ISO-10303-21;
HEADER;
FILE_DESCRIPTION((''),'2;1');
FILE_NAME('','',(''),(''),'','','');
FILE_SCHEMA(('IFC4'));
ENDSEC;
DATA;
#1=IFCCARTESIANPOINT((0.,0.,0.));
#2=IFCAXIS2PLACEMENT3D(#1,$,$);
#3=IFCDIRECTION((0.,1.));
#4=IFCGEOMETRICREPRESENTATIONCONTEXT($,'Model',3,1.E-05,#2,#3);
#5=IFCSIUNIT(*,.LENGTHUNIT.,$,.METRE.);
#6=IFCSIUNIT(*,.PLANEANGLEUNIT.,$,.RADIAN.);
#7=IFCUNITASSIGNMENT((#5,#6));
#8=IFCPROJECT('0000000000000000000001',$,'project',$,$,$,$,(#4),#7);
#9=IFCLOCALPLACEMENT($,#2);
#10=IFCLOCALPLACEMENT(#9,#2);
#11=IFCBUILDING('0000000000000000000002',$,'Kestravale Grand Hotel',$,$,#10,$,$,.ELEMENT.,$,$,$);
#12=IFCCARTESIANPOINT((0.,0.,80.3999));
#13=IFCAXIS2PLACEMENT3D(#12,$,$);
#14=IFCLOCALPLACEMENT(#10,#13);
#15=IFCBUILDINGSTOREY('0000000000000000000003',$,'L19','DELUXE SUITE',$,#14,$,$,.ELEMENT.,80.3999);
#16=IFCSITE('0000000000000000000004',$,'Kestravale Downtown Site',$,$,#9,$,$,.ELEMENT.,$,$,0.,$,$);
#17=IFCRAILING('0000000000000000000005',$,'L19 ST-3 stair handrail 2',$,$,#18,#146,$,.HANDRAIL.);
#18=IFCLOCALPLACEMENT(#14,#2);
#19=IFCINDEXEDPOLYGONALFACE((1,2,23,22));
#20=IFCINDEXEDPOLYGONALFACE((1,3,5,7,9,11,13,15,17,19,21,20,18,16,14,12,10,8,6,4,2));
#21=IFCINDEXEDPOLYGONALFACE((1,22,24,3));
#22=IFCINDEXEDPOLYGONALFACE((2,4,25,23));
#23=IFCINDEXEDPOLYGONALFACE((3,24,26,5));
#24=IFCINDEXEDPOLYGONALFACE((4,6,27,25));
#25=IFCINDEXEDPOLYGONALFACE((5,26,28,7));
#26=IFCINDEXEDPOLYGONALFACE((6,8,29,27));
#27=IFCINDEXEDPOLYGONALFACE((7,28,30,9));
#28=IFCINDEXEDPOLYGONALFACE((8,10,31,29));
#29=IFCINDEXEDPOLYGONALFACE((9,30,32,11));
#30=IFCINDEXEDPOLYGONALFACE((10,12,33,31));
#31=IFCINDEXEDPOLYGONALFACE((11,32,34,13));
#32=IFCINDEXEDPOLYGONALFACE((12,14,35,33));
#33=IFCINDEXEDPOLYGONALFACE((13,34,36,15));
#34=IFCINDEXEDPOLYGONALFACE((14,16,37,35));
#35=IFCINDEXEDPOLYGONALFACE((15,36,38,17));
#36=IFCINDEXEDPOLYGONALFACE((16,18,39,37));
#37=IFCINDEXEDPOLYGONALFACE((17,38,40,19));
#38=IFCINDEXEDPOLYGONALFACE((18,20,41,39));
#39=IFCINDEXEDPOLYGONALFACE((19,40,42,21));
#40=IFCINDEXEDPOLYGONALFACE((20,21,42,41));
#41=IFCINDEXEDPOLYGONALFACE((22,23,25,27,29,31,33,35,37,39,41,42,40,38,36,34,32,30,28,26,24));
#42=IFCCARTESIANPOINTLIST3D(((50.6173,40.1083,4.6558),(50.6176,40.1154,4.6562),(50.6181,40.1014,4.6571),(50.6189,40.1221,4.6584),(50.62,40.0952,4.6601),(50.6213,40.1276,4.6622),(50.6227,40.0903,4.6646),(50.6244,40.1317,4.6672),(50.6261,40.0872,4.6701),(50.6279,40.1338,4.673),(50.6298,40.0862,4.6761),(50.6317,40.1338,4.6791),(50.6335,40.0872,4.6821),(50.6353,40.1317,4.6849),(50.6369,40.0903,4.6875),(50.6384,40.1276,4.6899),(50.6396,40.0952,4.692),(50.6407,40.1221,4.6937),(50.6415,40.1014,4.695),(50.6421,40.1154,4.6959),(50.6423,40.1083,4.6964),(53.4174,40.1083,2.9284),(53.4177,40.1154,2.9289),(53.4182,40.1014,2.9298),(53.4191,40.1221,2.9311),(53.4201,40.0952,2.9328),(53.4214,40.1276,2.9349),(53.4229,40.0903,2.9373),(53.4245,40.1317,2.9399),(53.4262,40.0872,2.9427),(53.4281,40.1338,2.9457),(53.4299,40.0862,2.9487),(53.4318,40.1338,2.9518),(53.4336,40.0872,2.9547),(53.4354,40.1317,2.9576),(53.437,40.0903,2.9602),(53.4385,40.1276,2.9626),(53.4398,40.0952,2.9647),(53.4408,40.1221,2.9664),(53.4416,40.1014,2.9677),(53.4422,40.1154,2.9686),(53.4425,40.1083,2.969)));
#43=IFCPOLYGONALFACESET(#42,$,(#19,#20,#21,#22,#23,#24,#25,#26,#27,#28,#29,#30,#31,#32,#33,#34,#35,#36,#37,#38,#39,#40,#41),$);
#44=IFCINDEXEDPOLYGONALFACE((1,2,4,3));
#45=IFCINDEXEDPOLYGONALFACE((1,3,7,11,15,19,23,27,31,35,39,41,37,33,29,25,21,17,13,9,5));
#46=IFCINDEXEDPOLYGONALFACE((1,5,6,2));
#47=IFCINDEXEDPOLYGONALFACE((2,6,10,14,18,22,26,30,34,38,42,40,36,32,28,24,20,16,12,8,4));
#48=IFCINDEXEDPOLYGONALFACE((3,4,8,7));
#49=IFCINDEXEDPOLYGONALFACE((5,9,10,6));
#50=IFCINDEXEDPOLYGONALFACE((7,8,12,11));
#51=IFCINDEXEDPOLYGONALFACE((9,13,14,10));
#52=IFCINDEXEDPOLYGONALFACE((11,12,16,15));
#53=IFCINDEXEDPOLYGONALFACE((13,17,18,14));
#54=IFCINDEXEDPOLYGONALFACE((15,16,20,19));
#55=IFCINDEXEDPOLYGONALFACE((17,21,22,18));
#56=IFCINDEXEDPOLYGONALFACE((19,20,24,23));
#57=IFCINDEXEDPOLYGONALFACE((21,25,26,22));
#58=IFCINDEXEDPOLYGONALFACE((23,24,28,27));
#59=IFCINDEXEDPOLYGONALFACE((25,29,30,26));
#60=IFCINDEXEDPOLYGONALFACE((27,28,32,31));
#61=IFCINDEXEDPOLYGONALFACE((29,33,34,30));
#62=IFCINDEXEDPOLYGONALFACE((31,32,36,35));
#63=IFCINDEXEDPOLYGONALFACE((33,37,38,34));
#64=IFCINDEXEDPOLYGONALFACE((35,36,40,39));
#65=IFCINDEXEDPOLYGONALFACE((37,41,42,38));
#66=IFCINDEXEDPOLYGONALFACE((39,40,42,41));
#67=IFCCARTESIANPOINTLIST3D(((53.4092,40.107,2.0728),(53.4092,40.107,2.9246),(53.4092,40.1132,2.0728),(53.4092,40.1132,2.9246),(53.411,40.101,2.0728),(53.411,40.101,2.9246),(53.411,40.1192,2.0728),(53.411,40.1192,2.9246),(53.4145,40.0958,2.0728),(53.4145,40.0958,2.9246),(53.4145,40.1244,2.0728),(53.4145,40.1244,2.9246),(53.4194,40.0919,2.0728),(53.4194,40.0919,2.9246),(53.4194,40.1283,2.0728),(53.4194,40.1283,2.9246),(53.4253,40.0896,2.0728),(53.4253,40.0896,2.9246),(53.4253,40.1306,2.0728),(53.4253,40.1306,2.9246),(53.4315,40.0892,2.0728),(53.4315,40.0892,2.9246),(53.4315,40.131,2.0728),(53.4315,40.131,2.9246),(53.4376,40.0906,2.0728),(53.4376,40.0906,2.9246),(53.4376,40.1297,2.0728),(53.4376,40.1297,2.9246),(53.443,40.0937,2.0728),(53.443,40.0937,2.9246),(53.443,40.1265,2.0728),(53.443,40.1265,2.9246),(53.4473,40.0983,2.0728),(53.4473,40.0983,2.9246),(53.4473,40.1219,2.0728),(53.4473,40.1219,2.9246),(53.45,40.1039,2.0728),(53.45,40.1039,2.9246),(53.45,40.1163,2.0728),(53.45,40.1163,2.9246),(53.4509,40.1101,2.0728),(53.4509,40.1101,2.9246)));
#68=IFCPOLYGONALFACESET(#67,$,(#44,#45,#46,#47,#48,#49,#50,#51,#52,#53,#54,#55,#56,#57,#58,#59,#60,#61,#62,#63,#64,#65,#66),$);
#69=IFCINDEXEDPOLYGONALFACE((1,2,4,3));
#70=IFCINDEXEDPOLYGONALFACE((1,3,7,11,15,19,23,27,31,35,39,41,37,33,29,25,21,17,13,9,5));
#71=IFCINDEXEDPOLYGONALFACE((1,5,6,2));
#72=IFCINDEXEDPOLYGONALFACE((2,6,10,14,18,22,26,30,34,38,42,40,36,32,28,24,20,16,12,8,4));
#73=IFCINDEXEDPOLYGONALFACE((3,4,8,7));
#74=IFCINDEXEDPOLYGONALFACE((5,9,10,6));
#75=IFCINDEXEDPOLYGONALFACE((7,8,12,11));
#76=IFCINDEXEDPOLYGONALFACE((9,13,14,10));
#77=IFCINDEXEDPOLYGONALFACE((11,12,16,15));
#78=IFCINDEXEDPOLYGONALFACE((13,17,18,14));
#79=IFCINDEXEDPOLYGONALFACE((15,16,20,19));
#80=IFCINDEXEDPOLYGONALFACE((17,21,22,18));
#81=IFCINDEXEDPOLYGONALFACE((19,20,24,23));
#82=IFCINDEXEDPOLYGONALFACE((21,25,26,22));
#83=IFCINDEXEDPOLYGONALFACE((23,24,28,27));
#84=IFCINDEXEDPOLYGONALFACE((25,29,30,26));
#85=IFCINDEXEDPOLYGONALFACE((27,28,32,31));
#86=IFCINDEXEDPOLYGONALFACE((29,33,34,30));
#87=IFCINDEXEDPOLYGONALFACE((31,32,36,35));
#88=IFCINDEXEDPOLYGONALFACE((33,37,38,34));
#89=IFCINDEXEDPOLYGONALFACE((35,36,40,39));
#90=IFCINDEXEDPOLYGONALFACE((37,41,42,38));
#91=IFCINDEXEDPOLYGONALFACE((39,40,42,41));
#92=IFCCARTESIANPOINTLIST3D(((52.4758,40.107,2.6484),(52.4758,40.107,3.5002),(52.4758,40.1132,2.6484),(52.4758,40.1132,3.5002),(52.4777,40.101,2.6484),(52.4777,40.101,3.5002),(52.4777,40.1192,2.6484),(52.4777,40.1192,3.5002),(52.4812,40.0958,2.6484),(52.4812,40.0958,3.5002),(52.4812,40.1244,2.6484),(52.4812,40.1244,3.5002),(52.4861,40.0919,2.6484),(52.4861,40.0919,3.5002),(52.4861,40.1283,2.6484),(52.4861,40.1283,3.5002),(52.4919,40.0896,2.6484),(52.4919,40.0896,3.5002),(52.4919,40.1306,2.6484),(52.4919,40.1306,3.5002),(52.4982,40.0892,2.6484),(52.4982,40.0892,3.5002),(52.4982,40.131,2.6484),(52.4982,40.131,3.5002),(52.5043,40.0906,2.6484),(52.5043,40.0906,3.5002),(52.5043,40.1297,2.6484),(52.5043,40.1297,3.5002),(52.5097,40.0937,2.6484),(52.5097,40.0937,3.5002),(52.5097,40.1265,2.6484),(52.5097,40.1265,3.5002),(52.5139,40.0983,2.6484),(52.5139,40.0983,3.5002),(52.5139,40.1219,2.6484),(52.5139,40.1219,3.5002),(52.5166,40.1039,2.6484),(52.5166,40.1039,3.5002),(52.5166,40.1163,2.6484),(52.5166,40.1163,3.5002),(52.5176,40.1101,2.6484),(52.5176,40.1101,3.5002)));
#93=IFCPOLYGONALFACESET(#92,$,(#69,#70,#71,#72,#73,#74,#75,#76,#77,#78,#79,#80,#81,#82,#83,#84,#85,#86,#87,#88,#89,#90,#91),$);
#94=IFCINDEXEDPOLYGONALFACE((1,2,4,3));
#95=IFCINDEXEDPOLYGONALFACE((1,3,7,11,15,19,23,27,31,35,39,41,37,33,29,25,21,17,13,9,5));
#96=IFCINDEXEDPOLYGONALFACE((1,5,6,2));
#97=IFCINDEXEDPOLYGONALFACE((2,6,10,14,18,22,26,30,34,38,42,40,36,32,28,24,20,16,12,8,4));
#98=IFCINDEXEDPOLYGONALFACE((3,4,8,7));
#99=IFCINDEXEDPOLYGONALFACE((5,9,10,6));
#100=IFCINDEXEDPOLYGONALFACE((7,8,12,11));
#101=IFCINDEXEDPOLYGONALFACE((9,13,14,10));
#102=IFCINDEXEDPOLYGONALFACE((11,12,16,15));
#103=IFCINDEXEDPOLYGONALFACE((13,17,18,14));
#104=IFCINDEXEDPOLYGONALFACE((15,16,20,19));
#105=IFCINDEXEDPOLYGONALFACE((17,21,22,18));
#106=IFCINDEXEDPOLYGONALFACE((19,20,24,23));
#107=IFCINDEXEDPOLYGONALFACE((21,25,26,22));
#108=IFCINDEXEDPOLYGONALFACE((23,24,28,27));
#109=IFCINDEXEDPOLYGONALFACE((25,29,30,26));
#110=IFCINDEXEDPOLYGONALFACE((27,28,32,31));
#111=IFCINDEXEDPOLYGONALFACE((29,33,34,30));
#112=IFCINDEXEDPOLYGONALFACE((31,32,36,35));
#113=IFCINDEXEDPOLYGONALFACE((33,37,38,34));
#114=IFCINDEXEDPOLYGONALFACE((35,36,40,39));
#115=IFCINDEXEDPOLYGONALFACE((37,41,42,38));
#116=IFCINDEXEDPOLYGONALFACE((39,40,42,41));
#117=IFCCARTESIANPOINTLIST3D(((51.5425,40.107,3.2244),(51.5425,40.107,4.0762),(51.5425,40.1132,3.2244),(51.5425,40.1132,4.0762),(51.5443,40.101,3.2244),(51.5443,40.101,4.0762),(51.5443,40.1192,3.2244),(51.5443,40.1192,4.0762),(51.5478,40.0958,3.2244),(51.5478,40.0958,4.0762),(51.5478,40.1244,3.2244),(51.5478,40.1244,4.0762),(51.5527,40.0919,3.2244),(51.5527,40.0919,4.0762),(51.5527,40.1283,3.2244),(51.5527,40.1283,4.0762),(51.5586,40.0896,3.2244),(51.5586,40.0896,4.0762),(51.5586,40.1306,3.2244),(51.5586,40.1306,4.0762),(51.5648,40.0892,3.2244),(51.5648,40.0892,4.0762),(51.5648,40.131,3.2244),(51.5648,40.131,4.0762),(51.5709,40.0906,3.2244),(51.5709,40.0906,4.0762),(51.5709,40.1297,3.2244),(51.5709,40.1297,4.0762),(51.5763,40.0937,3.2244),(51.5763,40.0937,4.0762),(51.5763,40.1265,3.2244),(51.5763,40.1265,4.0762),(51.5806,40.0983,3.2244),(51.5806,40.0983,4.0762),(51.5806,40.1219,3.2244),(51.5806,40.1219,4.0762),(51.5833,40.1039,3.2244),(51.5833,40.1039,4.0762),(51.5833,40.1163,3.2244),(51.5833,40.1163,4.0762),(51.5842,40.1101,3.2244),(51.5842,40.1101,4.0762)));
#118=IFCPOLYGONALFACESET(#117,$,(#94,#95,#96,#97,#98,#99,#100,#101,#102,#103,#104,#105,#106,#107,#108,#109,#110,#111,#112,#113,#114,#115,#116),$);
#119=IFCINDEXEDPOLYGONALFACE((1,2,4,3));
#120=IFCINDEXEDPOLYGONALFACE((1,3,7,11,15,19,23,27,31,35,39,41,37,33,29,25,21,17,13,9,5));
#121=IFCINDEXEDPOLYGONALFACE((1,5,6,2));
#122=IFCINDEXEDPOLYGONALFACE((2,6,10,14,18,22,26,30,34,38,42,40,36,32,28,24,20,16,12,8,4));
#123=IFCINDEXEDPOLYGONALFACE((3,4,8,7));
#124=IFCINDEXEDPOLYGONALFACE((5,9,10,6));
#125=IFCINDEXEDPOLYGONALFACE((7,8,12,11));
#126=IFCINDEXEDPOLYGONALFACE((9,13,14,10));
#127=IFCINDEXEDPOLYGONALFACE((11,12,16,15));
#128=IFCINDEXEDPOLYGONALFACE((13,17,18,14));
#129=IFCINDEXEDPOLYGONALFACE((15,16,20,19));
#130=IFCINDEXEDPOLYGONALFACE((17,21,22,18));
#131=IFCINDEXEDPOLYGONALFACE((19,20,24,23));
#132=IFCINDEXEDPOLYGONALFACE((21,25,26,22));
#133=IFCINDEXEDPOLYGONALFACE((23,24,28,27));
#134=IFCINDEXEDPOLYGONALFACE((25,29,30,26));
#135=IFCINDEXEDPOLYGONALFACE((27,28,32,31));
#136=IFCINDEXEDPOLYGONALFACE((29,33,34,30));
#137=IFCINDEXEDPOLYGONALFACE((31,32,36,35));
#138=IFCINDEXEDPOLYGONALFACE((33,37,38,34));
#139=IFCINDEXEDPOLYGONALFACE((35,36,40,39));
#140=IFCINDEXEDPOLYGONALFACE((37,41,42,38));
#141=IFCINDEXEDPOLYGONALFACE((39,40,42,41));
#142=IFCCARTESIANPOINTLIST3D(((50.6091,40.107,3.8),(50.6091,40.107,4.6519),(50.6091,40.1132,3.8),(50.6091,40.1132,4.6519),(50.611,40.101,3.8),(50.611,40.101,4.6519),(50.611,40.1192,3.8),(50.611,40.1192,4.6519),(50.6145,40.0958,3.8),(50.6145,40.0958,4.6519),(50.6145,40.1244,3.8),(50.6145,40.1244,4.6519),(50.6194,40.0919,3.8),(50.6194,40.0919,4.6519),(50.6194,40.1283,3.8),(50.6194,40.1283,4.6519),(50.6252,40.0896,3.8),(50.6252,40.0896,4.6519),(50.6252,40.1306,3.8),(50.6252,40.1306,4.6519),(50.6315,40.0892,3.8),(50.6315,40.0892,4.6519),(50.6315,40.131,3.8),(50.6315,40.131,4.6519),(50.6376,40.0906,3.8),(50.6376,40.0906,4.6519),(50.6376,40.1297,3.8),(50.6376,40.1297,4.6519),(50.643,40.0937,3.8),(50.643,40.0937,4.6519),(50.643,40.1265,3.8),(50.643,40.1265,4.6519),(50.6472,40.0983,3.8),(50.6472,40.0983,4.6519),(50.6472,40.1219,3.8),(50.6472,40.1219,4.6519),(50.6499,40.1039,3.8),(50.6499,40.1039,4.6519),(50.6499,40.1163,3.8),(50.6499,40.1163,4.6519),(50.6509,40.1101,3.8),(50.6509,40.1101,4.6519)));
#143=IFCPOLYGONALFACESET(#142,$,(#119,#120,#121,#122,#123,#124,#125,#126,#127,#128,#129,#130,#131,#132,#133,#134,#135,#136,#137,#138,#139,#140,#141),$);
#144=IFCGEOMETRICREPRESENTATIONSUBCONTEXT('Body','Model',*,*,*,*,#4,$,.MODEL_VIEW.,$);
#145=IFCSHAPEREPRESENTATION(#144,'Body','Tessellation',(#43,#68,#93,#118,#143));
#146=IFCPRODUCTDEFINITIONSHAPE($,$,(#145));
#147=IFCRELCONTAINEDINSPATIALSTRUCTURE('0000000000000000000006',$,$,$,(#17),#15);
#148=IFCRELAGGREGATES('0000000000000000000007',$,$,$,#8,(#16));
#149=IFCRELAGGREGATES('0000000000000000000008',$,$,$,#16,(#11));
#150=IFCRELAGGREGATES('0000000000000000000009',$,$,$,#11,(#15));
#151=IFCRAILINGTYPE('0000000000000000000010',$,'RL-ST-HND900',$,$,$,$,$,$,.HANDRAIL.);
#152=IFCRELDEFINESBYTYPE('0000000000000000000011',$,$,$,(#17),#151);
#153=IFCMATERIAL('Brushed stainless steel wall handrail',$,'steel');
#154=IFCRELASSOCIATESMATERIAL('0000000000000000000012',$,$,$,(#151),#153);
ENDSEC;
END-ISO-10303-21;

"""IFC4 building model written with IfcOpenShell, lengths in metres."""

from ifc_helpers import new_model, si_unit, direction, frame, origin, origin_2d, place, context, subcontext, project, spatial, circle, extrude, material, type_object, element, save


model = new_model("IFC4")

# Units and contexts
model_context = context("Model", 3, precision=1e-05, world=origin(), true_north=direction((0.0, 1.0)))
body_context = subcontext(model_context, "Body", "Model", "MODEL_VIEW")
ifc_project = project(units=[si_unit("LENGTHUNIT", "METRE"), si_unit("PLANEANGLEUNIT", "RADIAN")], contexts=[model_context])

# Site, building, storey
site_placement = place(None, origin())
site = spatial("IfcSite", under=ifc_project, at=site_placement, Name="Kestravale Downtown Site", CompositionType="ELEMENT", RefElevation=0.0)
building_placement = place(site_placement, origin())
building = spatial("IfcBuilding", under=site, at=building_placement, Name="Kestravale Grand Hotel", CompositionType="ELEMENT")
storey_placement = place(building_placement, frame((0.0, 0.0, 80.3999)))
storey = spatial("IfcBuildingStorey", under=building, at=storey_placement, Name="L19", Description="DELUXE SUITE", CompositionType="ELEMENT", Elevation=80.3999)

# Railing
ifc_material_1 = material(Name="Brushed stainless steel wall handrail", Category="steel")
railing_type_1 = type_object("IfcRailingType", Name="RL-ST-HND900", PredefinedType="HANDRAIL", material=ifc_material_1)
railing_1_placement = place(storey_placement, frame((53.4299, 40.1101, 2.0728)))
element("IfcRailing", 1, at=railing_1_placement, inside=storey, type_object=railing_type_1, Name="L19 ST-3 stair handrail 2", PredefinedType="HANDRAIL", context=body_context, shape_type="SweptSolid", body=[
    extrude(circle(Radius=0.0239, at=origin_2d()), frame((0.0, 0.0, 0.876), z_axis=(-0.85109, 0.0, 0.52502), x_axis=(0.0, -1.0, 0.0)), (0.0, 0.0, 1.0), 3.29),
    extrude(circle(Radius=0.021, at=origin_2d()), origin(), (0.0, 0.0, 1.0), 0.8518),
    extrude(circle(Radius=0.021, at=origin_2d()), frame((-0.9333, 0.0, 0.5757)), (0.0, 0.0, 1.0), 0.8518),
    extrude(circle(Radius=0.021, at=origin_2d()), frame((-1.8667, 0.0, 1.1516)), (0.0, 0.0, 1.0), 0.8518),
    extrude(circle(Radius=0.021, at=origin_2d()), frame((-2.8, 0.0, 1.7273)), (0.0, 0.0, 1.0), 0.8518),
])

save(model, "model.ifc")
